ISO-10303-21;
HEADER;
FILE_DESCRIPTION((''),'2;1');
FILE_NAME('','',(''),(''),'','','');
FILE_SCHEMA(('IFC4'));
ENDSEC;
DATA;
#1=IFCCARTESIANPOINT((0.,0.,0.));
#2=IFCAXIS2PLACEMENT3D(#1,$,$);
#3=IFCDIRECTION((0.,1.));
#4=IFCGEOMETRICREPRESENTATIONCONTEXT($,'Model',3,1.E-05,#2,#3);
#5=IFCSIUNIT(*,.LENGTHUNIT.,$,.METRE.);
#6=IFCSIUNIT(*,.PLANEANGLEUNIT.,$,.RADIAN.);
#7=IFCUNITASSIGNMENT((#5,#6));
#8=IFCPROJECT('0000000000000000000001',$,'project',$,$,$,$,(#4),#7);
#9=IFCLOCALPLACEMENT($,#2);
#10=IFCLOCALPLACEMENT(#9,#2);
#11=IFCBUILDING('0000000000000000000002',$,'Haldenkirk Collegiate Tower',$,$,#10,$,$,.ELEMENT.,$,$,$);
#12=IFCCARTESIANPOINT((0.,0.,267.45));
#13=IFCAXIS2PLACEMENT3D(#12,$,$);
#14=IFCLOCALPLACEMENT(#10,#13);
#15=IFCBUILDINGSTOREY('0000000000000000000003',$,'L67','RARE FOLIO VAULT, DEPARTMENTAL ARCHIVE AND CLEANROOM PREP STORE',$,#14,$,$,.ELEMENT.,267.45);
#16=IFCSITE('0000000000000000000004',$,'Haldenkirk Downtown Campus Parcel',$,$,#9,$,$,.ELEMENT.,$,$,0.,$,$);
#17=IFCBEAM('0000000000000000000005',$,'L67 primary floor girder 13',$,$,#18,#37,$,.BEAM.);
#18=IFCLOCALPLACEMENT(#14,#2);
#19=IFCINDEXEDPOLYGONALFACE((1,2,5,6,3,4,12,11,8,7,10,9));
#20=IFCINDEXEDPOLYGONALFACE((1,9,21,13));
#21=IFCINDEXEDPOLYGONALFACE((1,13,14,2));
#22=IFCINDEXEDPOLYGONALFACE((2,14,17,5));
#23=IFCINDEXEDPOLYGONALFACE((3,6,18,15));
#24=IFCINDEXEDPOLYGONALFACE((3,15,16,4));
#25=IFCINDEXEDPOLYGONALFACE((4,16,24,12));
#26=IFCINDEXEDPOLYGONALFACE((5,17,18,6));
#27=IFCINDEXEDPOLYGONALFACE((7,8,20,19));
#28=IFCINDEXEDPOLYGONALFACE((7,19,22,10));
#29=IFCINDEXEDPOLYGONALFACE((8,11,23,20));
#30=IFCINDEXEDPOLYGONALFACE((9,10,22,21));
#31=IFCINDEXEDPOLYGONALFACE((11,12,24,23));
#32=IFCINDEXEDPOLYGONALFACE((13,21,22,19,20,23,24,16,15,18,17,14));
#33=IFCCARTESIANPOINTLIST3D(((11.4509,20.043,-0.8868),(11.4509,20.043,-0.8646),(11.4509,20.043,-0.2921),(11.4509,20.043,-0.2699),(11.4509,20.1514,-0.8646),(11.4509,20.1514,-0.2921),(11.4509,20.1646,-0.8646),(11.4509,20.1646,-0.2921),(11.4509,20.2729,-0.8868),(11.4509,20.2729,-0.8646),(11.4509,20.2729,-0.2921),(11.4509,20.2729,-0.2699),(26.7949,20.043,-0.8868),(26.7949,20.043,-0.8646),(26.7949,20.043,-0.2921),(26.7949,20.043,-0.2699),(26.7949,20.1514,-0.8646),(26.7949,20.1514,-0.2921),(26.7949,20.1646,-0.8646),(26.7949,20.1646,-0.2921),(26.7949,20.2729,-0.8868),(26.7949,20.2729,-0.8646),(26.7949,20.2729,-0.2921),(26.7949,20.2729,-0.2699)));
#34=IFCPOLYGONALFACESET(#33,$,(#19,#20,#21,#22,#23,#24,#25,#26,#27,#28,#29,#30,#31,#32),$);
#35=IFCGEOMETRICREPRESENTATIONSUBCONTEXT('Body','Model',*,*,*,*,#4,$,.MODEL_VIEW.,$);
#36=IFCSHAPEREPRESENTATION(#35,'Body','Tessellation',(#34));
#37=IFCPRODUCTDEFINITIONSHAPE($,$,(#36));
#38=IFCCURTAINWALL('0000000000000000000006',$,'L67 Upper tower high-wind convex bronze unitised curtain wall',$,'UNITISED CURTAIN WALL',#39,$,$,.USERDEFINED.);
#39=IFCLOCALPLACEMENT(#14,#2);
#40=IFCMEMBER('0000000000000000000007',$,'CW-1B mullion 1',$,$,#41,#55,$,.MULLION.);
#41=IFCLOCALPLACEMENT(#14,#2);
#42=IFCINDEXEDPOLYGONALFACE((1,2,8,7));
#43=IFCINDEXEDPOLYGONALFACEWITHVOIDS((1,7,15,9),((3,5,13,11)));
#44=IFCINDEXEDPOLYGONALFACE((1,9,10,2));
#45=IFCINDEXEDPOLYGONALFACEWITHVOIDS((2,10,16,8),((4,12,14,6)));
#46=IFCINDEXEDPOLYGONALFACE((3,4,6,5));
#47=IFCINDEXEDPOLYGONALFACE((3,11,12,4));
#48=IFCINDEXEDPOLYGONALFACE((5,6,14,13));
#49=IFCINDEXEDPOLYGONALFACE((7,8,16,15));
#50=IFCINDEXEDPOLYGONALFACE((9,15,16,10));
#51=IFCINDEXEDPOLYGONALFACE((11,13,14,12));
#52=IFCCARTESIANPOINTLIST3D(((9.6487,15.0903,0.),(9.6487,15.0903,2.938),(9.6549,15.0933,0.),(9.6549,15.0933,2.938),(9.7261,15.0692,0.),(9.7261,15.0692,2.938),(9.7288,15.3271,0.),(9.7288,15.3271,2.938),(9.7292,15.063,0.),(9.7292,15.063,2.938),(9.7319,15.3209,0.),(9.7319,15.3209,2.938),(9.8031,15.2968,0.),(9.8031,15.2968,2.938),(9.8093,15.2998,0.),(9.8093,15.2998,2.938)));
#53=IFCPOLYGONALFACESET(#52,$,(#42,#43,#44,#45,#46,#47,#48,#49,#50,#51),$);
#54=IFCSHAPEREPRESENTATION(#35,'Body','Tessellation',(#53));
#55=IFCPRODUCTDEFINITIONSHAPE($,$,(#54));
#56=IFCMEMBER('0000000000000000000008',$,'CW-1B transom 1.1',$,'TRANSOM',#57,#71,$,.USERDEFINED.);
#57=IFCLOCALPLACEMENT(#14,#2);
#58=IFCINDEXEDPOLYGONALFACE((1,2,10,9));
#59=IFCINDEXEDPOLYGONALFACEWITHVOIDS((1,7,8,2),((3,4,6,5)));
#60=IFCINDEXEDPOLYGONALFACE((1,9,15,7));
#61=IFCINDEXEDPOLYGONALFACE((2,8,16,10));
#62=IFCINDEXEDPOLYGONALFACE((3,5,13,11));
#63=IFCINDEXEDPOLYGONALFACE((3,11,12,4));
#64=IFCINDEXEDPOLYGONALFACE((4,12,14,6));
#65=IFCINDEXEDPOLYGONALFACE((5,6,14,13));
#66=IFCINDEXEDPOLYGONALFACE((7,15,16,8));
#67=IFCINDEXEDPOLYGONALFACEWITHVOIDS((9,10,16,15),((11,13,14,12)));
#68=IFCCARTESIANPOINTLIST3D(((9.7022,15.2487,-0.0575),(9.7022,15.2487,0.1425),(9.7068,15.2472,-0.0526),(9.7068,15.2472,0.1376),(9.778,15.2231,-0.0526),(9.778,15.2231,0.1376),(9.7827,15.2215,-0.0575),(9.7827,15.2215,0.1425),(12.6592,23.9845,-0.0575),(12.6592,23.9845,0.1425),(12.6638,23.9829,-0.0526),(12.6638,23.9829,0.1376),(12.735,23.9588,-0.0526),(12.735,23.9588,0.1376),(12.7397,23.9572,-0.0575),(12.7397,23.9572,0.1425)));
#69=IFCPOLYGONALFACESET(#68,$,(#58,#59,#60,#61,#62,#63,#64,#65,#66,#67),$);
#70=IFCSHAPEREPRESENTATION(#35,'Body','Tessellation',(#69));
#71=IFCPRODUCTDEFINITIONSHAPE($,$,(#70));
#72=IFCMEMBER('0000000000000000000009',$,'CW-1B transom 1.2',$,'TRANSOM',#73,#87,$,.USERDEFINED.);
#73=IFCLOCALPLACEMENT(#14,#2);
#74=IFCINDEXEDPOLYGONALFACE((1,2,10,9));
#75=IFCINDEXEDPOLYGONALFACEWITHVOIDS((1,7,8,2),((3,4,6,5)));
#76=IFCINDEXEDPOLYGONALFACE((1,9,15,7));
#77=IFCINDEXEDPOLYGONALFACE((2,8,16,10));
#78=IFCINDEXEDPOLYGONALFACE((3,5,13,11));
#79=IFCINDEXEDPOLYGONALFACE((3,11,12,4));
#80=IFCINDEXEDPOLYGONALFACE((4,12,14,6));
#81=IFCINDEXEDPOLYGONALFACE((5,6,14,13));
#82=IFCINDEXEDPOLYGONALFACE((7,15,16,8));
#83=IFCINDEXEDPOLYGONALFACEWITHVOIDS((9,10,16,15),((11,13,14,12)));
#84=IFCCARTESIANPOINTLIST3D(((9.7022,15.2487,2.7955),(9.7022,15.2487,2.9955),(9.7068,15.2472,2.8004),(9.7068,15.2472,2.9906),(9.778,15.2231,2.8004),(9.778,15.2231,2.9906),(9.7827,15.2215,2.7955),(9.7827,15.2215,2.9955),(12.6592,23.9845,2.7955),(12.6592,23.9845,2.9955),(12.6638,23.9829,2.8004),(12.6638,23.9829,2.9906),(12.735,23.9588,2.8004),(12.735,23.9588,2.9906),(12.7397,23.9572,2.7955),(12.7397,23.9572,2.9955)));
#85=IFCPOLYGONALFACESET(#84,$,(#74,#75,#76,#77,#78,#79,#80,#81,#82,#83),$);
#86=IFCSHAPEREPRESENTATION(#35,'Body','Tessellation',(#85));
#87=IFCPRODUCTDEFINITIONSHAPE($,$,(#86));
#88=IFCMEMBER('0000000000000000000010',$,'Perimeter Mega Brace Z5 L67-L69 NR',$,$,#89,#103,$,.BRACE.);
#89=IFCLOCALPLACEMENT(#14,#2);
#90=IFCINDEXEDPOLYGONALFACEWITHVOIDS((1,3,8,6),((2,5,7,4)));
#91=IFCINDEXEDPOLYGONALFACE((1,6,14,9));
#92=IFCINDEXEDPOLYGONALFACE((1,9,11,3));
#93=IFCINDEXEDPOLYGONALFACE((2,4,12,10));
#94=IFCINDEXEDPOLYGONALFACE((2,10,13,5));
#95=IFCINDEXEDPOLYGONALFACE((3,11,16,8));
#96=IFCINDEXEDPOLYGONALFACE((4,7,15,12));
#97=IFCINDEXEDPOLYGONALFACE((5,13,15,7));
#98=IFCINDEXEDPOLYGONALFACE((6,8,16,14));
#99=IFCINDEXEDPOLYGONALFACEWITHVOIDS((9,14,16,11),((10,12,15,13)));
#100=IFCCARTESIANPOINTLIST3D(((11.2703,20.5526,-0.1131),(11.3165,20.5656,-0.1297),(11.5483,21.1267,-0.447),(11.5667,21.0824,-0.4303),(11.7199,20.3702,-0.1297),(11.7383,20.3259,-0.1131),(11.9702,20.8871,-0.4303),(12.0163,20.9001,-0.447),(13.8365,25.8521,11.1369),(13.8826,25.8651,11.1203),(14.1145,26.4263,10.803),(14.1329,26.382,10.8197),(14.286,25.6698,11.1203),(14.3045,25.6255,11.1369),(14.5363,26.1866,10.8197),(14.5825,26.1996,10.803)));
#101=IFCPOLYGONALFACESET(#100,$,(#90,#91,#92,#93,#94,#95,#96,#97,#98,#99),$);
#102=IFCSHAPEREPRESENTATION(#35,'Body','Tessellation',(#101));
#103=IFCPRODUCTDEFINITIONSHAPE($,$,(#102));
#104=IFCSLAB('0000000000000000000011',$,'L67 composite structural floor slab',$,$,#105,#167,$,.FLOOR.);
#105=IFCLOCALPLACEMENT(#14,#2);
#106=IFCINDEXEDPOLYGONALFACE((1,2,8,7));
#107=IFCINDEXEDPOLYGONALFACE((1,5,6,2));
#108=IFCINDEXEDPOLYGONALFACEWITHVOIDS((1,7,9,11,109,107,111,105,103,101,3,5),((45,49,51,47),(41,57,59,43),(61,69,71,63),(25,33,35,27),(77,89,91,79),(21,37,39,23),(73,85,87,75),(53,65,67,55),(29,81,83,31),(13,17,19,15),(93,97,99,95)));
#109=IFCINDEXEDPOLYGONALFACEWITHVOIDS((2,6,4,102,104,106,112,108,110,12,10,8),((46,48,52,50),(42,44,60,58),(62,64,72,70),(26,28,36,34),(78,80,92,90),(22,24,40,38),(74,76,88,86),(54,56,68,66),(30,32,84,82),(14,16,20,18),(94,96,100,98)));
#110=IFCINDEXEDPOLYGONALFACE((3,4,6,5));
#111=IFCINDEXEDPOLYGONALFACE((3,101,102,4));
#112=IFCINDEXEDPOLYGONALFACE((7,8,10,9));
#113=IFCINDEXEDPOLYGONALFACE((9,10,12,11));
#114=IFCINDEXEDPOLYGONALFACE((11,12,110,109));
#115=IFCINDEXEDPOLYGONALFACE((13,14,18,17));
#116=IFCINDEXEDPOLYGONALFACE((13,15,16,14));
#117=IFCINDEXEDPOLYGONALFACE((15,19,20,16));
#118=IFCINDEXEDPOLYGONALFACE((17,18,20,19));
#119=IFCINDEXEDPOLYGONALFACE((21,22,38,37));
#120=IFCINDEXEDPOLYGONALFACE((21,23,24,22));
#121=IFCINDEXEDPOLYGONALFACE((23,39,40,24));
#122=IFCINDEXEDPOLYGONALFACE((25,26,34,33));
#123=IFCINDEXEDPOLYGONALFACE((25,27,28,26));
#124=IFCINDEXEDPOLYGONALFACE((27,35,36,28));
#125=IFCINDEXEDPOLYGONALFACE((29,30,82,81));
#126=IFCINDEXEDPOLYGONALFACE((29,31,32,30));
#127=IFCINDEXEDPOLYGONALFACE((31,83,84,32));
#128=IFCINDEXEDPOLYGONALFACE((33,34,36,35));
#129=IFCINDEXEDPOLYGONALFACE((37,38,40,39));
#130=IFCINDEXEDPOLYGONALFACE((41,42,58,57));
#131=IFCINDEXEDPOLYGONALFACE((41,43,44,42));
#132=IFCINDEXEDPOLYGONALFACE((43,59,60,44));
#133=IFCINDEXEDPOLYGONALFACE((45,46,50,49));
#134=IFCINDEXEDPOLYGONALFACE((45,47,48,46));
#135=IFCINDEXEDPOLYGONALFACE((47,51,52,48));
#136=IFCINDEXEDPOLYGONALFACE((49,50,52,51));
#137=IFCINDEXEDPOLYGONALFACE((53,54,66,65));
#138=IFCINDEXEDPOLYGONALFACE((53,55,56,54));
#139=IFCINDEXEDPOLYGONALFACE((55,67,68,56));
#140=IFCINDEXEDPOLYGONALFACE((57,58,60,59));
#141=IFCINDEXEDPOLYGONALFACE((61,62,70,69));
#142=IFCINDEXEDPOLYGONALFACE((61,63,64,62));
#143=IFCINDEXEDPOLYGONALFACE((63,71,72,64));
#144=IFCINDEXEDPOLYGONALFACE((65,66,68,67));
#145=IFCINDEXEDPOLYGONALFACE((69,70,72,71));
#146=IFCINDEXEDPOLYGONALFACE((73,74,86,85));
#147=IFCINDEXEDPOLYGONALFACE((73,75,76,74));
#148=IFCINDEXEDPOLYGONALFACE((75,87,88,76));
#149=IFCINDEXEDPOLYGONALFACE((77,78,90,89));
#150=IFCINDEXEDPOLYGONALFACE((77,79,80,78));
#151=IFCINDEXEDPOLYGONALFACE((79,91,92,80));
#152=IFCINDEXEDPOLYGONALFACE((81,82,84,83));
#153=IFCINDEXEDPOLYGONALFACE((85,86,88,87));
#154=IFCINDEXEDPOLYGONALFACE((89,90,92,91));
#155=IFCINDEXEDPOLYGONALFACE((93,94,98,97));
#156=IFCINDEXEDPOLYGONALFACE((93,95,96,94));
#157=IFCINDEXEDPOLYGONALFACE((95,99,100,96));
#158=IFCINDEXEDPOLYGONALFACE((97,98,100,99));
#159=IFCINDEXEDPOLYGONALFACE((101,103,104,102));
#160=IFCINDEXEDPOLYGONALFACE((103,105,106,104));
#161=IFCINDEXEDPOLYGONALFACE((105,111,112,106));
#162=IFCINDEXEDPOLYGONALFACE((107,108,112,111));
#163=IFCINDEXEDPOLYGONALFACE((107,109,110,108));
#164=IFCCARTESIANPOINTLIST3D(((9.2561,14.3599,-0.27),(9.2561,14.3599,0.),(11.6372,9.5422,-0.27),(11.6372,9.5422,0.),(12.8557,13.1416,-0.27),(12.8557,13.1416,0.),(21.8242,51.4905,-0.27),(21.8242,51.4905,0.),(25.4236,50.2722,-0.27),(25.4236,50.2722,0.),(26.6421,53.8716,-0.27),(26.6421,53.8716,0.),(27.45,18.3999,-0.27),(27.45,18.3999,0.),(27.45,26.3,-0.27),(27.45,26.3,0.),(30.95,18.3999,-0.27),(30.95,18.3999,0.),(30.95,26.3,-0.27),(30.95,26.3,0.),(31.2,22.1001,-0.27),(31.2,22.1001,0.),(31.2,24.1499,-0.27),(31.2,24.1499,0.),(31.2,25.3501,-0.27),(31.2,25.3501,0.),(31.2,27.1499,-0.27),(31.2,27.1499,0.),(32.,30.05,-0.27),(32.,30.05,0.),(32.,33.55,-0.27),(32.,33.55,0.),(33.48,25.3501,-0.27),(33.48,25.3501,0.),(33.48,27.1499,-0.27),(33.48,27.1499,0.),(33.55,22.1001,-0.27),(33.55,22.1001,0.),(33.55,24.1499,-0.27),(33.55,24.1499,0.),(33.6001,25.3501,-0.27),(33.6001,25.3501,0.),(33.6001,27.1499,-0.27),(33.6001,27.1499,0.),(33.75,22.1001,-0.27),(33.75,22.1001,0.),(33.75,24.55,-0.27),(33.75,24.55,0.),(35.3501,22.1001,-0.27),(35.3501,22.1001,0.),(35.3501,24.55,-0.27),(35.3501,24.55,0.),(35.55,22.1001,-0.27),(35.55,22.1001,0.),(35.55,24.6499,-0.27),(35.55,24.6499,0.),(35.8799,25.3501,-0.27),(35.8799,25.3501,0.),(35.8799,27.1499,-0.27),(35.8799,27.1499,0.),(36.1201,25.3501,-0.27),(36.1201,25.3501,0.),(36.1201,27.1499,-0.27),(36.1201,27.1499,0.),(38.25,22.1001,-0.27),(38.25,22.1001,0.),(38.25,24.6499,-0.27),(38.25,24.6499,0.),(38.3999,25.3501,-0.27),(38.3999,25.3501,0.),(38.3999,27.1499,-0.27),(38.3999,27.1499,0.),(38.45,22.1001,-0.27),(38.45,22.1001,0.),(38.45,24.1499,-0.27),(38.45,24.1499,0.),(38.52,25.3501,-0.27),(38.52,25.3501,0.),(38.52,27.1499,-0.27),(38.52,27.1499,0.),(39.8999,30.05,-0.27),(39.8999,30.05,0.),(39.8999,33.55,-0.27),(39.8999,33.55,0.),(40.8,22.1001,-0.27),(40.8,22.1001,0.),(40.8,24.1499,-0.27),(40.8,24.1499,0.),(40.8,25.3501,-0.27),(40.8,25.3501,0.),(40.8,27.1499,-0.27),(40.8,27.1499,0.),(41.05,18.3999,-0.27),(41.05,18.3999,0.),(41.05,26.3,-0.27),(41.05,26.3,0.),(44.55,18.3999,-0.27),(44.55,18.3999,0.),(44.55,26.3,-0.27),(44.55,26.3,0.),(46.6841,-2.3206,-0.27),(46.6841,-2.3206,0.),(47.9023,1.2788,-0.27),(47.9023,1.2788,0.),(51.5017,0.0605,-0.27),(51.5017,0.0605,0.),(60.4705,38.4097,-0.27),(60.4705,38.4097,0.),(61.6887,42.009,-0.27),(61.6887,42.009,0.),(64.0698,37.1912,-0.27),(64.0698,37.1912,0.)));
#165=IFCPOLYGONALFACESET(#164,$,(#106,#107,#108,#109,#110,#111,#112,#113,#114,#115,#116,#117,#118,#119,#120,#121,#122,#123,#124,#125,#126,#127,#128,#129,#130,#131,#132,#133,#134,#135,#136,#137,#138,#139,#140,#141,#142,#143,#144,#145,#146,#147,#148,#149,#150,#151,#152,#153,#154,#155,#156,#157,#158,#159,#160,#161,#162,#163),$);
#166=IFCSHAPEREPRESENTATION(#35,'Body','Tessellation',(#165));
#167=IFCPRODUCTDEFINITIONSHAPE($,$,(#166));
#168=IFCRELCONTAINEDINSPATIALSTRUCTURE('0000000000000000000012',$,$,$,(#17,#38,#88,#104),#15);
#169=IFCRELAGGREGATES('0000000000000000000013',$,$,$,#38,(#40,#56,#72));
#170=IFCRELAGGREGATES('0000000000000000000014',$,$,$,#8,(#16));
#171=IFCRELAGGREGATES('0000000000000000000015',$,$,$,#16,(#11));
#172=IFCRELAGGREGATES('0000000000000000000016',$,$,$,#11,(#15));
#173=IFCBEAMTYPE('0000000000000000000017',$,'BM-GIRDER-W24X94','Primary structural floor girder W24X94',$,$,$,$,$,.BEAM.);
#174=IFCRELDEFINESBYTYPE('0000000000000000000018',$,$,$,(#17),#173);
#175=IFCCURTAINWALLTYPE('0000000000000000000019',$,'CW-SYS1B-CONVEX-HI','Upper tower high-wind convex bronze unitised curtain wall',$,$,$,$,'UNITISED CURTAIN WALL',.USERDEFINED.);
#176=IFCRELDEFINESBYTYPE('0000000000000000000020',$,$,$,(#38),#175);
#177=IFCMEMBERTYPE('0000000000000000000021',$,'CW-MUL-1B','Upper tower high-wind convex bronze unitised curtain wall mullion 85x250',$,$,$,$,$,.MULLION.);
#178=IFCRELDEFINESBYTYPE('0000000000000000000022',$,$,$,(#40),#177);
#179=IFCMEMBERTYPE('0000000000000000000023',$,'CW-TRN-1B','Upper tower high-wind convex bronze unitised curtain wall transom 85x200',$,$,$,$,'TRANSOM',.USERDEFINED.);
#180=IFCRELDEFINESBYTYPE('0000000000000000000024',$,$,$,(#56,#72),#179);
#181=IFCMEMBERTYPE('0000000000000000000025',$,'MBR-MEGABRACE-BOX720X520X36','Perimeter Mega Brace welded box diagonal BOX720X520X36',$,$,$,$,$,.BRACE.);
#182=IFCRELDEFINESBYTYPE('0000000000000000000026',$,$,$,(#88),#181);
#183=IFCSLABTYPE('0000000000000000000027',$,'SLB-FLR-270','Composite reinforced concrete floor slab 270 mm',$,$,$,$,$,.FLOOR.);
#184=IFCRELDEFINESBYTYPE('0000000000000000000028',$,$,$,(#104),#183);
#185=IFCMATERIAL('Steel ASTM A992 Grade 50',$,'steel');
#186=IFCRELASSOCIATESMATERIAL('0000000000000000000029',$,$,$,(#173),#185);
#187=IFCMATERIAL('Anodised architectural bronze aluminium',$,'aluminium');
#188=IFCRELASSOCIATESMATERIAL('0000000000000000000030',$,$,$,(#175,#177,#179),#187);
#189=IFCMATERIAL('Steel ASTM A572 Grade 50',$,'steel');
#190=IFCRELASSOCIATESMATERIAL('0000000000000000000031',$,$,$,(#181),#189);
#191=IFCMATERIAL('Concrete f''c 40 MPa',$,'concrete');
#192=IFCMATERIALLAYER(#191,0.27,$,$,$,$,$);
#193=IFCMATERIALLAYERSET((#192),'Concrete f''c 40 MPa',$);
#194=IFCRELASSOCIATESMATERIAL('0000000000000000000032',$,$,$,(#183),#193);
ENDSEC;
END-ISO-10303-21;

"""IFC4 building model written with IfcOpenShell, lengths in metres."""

from ifc_helpers import new_model, si_unit, direction, frame, origin, origin_2d, place, context, subcontext, project, spatial, polyline, hollow_rectangle, i_section, outline, extrude, material, layer, layer_set, material_profile, profile_set, type_object, element, aggregate, save


model = new_model("IFC4")

# Units and contexts
model_context = context("Model", 3, precision=1e-05, world=origin(), true_north=direction((0.0, 1.0)))
body_context = subcontext(model_context, "Body", "Model", "MODEL_VIEW")
ifc_project = project(units=[si_unit("LENGTHUNIT", "METRE"), si_unit("PLANEANGLEUNIT", "RADIAN")], contexts=[model_context])

# Site, building, storey
site_placement = place(None, origin())
site = spatial("IfcSite", under=ifc_project, at=site_placement, Name="Haldenkirk Downtown Campus Parcel", CompositionType="ELEMENT", RefElevation=0.0)
building_placement = place(site_placement, origin())
building = spatial("IfcBuilding", under=site, at=building_placement, Name="Haldenkirk Collegiate Tower", CompositionType="ELEMENT")
storey_placement = place(building_placement, frame((0.0, 0.0, 267.45)))
storey = spatial("IfcBuildingStorey", under=building, at=storey_placement, Name="L67", Description="RARE FOLIO VAULT, DEPARTMENTAL ARCHIVE AND CLEANROOM PREP STORE", CompositionType="ELEMENT", Elevation=267.45)

# Beam
ifc_material_1 = material(Name="Steel ASTM A992 Grade 50", Category="steel")
ifc_material_profile_1 = material_profile(ifc_material_1, i_section(OverallWidth=0.23, OverallDepth=0.6169, WebThickness=0.0132, FlangeThickness=0.0222, at=origin_2d()), Name="W24X94")
ifc_profile_set_1 = profile_set([ifc_material_profile_1], Name="Steel ASTM A992 Grade 50")
beam_type = type_object("IfcBeamType", Name="BM-GIRDER-W24X94", Description="Primary structural floor girder W24X94", PredefinedType="BEAM", material=ifc_profile_set_1)
beam_placement = place(storey_placement, frame((11.4509, 20.158, -0.5784), z_axis=(1.0, 0.0, 0.0), x_axis=(0.0, 1.0, 0.0)))
element("IfcBeam", 1, at=beam_placement, inside=storey, type_object=beam_type, Name="L67 primary floor girder 13", PredefinedType="BEAM", context=body_context, shape_type="SweptSolid", body=[
    extrude(i_section(OverallWidth=0.23, OverallDepth=0.6169, WebThickness=0.0132, FlangeThickness=0.0222, at=origin_2d()), origin(), (0.0, 0.0, 1.0), 15.344),
])

# Curtain wall, members
ifc_material_2 = material(Name="Anodised architectural bronze aluminium", Category="aluminium")
curtain_wall_type = type_object("IfcCurtainWallType", Name="CW-SYS1B-CONVEX-HI", Description="Upper tower high-wind convex bronze unitised curtain wall", ElementType="UNITISED CURTAIN WALL", PredefinedType="USERDEFINED", material=ifc_material_2)
curtain_wall_placement = place(storey_placement, origin())
curtain_wall = element("IfcCurtainWall", 2, at=curtain_wall_placement, inside=storey, type_object=curtain_wall_type, Name="L67 Upper tower high-wind convex bronze unitised curtain wall", ObjectType="UNITISED CURTAIN WALL", PredefinedType="USERDEFINED")
ifc_material_profile_2 = material_profile(ifc_material_2, hollow_rectangle(XDim=0.085, YDim=0.25, WallThickness=0.0049, at=origin_2d()), Name="CW-MUL-1B")
ifc_profile_set_2 = profile_set([ifc_material_profile_2], Name="Anodised architectural bronze aluminium")
member_type_1 = type_object("IfcMemberType", Name="CW-MUL-1B", Description="Upper tower high-wind convex bronze unitised curtain wall mullion 85x250", PredefinedType="MULLION", material=ifc_profile_set_2)
member_1_placement = place(storey_placement, frame((9.729, 15.1951, 0.0), z_axis=(0.0, 0.0, 1.0), x_axis=(-0.947211, 0.320612, 0.0)))
member_1 = element("IfcMember", 3, at=member_1_placement, type_object=member_type_1, Name="CW-1B mullion 1", PredefinedType="MULLION", context=body_context, shape_type="SweptSolid", body=[
    extrude(hollow_rectangle(XDim=0.085, YDim=0.25, WallThickness=0.0049, at=origin_2d()), origin(), (0.0, 0.0, 1.0), 2.938),
])
ifc_material_profile_3 = material_profile(ifc_material_2, hollow_rectangle(XDim=0.085, YDim=0.2, WallThickness=0.0049, at=origin_2d()), Name="CW-TRN-1B")
ifc_profile_set_3 = profile_set([ifc_material_profile_3], Name="Anodised architectural bronze aluminium")
member_type_2 = type_object("IfcMemberType", Name="CW-TRN-1B", Description="Upper tower high-wind convex bronze unitised curtain wall transom 85x200", ElementType="TRANSOM", PredefinedType="USERDEFINED", material=ifc_profile_set_3)
member_2_placement = place(storey_placement, frame((9.7424, 15.2351, 0.0425), z_axis=(0.320624, 0.947207, 0.0), x_axis=(-0.947207, 0.320624, 0.0)))
member_2 = element("IfcMember", 4, at=member_2_placement, type_object=member_type_2, Name="CW-1B transom 1.1", ObjectType="TRANSOM", PredefinedType="USERDEFINED", context=body_context, shape_type="SweptSolid", body=[
    extrude(hollow_rectangle(XDim=0.085, YDim=0.2, WallThickness=0.0049, at=origin_2d()), origin(), (0.0, 0.0, 1.0), 9.2227),
])
member_3_placement = place(storey_placement, frame((9.7424, 15.2351, 2.8955), z_axis=(0.320624, 0.947207, 0.0), x_axis=(-0.947207, 0.320624, 0.0)))
member_3 = element("IfcMember", 5, at=member_3_placement, type_object=member_type_2, Name="CW-1B transom 1.2", ObjectType="TRANSOM", PredefinedType="USERDEFINED", context=body_context, shape_type="SweptSolid", body=[
    extrude(hollow_rectangle(XDim=0.085, YDim=0.2, WallThickness=0.0049, at=origin_2d()), origin(), (0.0, 0.0, 1.0), 9.2227),
])

# Member
ifc_material_3 = material(Name="Steel ASTM A572 Grade 50", Category="steel")
ifc_material_profile_4 = material_profile(ifc_material_3, hollow_rectangle(XDim=0.52, YDim=0.72, WallThickness=0.0359, at=origin_2d()), Name="BOX720X520X36")
ifc_profile_set_4 = profile_set([ifc_material_profile_4], Name="Steel ASTM A572 Grade 50")
member_type_3 = type_object("IfcMemberType", Name="MBR-MEGABRACE-BOX720X520X36", Description="Perimeter Mega Brace welded box diagonal BOX720X520X36", PredefinedType="BRACE", material=ifc_profile_set_4)
member_4_placement = place(storey_placement, frame((11.6433, 20.7263, -0.28), z_axis=(0.202096, 0.417362, 0.885983), x_axis=(-0.900035, 0.435817, 0.0)))
element("IfcMember", 6, at=member_4_placement, inside=storey, type_object=member_type_3, Name="Perimeter Mega Brace Z5 L67-L69 NR", PredefinedType="BRACE", context=body_context, shape_type="SweptSolid", body=[
    extrude(hollow_rectangle(XDim=0.52, YDim=0.72, WallThickness=0.0359, at=origin_2d()), origin(), (0.0, 0.0, 1.0), 12.6978),
])

# Slab
ifc_material_4 = material(Name="Concrete f'c 40 MPa", Category="concrete")
ifc_layer_1 = layer(ifc_material_4, 0.27)
ifc_layer_set_1 = layer_set([ifc_layer_1], Name="Concrete f'c 40 MPa")
slab_type_1 = type_object("IfcSlabType", Name="SLB-FLR-270", Description="Composite reinforced concrete floor slab 270 mm", PredefinedType="FLOOR", material=ifc_layer_set_1)
slab_1_placement = place(storey_placement, frame((0.0, 0.0, -0.27)))
element("IfcSlab", 7, at=slab_1_placement, inside=storey, type_object=slab_type_1, Name="L67 composite structural floor slab", PredefinedType="FLOOR", context=body_context, shape_type="SweptSolid", body=[
    extrude(outline(polyline([(51.5017, 0.0605), (64.0698, 37.1912), (60.4705, 38.4097), (61.6887, 42.009), (26.6421, 53.8716), (25.4236, 50.2722), (21.8242, 51.4905), (9.2561, 14.3599), (12.8557, 13.1416), (11.6372, 9.5422), (46.6841, -2.3206), (47.9023, 1.2788), (51.5017, 0.0605)]), holes=[polyline([(27.45, 18.3999), (30.95, 18.3999), (30.95, 26.3), (27.45, 26.3), (27.45, 18.3999)]), polyline([(41.05, 18.3999), (44.55, 18.3999), (44.55, 26.3), (41.05, 26.3), (41.05, 18.3999)]), polyline([(32.0, 30.05), (39.8999, 30.05), (39.8999, 33.55), (32.0, 33.55), (32.0, 30.05)]), polyline([(33.75, 22.1001), (35.3501, 22.1001), (35.3501, 24.55), (33.75, 24.55), (33.75, 22.1001)]), polyline([(31.2, 25.3501), (33.48, 25.3501), (33.48, 27.1499), (31.2, 27.1499), (31.2, 25.3501)]), polyline([(33.6001, 25.3501), (35.8799, 25.3501), (35.8799, 27.1499), (33.6001, 27.1499), (33.6001, 25.3501)]), polyline([(36.1201, 25.3501), (38.3999, 25.3501), (38.3999, 27.1499), (36.1201, 27.1499), (36.1201, 25.3501)]), polyline([(38.52, 25.3501), (40.8, 25.3501), (40.8, 27.1499), (38.52, 27.1499), (38.52, 25.3501)]), polyline([(31.2, 22.1001), (33.55, 22.1001), (33.55, 24.1499), (31.2, 24.1499), (31.2, 22.1001)]), polyline([(38.45, 22.1001), (40.8, 22.1001), (40.8, 24.1499), (38.45, 24.1499), (38.45, 22.1001)]), polyline([(35.55, 22.1001), (38.25, 22.1001), (38.25, 24.6499), (35.55, 24.6499), (35.55, 22.1001)])]), origin(), (0.0, 0.0, 1.0), 0.27),
])

aggregate(curtain_wall, [member_1, member_2, member_3])

save(model, "model.ifc")
